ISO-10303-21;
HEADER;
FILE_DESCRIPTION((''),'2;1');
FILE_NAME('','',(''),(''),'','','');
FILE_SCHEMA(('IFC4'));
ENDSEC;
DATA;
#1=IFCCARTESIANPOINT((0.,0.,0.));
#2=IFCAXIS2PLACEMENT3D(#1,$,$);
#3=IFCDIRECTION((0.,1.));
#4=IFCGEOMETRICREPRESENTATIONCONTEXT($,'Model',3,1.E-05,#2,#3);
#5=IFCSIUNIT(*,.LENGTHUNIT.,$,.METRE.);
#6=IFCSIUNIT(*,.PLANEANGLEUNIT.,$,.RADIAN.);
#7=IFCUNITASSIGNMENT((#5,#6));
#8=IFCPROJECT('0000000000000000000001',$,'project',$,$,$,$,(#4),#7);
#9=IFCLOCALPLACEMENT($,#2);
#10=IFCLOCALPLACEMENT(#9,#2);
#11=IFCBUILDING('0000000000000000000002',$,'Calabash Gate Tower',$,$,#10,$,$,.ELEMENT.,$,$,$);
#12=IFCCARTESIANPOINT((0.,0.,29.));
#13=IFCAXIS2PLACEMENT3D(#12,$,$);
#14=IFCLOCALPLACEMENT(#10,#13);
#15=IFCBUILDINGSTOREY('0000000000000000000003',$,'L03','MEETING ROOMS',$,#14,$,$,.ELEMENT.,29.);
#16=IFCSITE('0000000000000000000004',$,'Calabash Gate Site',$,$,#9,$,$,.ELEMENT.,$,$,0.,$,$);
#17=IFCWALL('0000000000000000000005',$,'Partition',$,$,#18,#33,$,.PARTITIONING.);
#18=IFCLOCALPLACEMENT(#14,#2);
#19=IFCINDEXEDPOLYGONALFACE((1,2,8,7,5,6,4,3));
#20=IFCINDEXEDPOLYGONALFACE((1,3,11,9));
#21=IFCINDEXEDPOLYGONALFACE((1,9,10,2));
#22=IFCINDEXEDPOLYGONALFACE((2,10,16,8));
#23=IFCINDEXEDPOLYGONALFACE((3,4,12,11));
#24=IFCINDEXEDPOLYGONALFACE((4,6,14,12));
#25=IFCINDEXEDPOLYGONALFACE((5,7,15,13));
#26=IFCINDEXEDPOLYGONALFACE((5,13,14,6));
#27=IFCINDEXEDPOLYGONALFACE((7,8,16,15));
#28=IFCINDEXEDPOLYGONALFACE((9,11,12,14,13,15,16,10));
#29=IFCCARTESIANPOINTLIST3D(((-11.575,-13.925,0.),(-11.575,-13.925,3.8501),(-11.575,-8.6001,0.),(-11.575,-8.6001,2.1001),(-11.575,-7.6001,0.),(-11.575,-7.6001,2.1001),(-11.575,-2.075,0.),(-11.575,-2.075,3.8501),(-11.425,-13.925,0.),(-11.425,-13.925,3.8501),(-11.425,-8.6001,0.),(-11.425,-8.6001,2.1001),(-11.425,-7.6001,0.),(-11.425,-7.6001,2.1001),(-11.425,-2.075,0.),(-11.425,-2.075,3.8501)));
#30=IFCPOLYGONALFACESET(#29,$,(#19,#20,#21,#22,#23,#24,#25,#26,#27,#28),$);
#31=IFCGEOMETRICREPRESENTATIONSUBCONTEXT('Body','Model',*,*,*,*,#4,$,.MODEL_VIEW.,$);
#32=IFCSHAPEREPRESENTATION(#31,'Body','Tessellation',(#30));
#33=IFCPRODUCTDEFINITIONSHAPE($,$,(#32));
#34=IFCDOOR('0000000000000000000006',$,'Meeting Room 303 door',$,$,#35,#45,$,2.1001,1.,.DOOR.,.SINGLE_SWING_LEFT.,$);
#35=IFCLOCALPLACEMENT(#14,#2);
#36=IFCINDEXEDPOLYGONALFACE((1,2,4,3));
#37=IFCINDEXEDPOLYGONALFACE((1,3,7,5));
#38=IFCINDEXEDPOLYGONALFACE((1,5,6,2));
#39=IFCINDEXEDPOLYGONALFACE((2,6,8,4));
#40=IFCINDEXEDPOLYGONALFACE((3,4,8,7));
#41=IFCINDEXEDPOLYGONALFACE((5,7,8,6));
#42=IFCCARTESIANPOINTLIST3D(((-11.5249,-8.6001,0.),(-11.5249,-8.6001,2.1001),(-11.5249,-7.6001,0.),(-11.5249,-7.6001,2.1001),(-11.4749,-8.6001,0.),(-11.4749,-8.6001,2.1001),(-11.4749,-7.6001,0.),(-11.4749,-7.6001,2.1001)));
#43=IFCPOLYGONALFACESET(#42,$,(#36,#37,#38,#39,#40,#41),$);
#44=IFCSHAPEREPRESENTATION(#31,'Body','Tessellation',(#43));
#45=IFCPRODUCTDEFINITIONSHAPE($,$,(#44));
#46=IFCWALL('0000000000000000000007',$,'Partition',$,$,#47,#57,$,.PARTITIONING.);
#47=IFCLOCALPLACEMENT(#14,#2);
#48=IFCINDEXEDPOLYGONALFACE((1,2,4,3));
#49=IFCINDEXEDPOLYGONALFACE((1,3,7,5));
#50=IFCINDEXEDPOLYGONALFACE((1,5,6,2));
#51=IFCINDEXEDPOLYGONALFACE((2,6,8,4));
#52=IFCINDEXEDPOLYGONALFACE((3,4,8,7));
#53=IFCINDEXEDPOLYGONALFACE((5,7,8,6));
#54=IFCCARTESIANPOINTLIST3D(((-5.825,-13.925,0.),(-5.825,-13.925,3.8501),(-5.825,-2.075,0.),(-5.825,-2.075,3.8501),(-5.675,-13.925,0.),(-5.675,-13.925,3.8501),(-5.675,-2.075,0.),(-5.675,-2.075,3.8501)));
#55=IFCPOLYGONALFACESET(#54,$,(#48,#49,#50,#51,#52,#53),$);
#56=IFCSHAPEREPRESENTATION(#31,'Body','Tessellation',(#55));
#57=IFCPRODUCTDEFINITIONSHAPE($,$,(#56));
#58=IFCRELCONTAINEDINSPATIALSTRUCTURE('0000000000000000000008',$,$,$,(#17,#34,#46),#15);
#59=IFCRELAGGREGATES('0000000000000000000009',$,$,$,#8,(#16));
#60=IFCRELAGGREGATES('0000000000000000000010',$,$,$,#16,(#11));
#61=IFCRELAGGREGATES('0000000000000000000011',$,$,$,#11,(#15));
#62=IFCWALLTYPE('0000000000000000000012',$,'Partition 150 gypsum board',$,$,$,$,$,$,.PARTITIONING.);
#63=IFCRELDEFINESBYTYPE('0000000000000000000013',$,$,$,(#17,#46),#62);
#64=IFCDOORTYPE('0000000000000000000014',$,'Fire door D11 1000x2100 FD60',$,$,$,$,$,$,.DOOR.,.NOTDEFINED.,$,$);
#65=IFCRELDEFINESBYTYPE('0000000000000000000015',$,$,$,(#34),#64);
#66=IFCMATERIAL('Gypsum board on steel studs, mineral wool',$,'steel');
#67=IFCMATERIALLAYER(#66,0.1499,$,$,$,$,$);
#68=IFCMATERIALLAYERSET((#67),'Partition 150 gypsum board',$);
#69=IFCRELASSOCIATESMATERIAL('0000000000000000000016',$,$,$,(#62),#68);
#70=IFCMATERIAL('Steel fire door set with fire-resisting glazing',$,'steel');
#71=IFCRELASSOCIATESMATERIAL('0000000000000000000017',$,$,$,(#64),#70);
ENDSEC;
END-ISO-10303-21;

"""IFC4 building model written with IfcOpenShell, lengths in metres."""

from ifc_helpers import new_model, si_unit, direction, frame, frame_2d, origin, place, context, subcontext, project, spatial, rectangle, extrude, material, layer, layer_set, type_object, element, fill, save


model = new_model("IFC4")

# Units and contexts
model_context = context("Model", 3, precision=1e-05, world=origin(), true_north=direction((0.0, 1.0)))
body_context = subcontext(model_context, "Body", "Model", "MODEL_VIEW")
ifc_project = project(units=[si_unit("LENGTHUNIT", "METRE"), si_unit("PLANEANGLEUNIT", "RADIAN")], contexts=[model_context])

# Site, building, storey
site_placement = place(None, origin())
site = spatial("IfcSite", under=ifc_project, at=site_placement, Name="Calabash Gate Site", CompositionType="ELEMENT", RefElevation=0.0)
building_placement = place(site_placement, origin())
building = spatial("IfcBuilding", under=site, at=building_placement, Name="Calabash Gate Tower", CompositionType="ELEMENT")
storey_placement = place(building_placement, frame((0.0, 0.0, 29.0)))
storey = spatial("IfcBuildingStorey", under=building, at=storey_placement, Name="L03", Description="MEETING ROOMS", CompositionType="ELEMENT", Elevation=29.0)

# Shared definitions
ifc_material_1 = material(Name="Gypsum board on steel studs, mineral wool", Category="steel")
ifc_layer = layer(ifc_material_1, 0.1499)
ifc_layer_set = layer_set([ifc_layer], Name="Partition 150 gypsum board")
wall_type = type_object("IfcWallType", Name="Partition 150 gypsum board", PredefinedType="PARTITIONING", material=ifc_layer_set)

# Shared definitions
ifc_material_2 = material(Name="Steel fire door set with fire-resisting glazing", Category="steel")
door_type = type_object("IfcDoorType", Name="Fire door D11 1000x2100 FD60", OperationType="NOTDEFINED", PredefinedType="DOOR", material=ifc_material_2)

# Wall, opening, door
wall_1_placement = place(storey_placement, frame((-11.5, -13.925, 0.0), z_axis=(0.0, 0.0, 1.0), x_axis=(0.0, 1.0, 0.0)))
wall_1 = element("IfcWall", 1, at=wall_1_placement, inside=storey, type_object=wall_type, Name="Partition", PredefinedType="PARTITIONING", context=body_context, shape_type="SweptSolid", body=[
    extrude(rectangle(XDim=11.8501, YDim=0.1499, at=frame_2d((5.925, 0.0))), origin(), (0.0, 0.0, 1.0), 3.8501),
])
opening_1_placement = place(wall_1_placement, frame((5.325, 0.0, 0.0)))
opening_1 = element("IfcOpeningElement", 2, at=opening_1_placement, cuts=wall_1, PredefinedType="OPENING", context=body_context, shape_type="SweptSolid", body=[
    extrude(rectangle(XDim=1.0, YDim=2.1001, at=frame_2d((0.5, 1.05))), frame((0.0, 0.085, 0.0), z_axis=(0.0, -1.0, 0.0), x_axis=(1.0, 0.0, 0.0)), (0.0, 0.0, 1.0), 0.1699),
])
door_1_placement = place(opening_1_placement, origin())
door_1 = element("IfcDoor", 3, at=door_1_placement, inside=storey, type_object=door_type, Name="Meeting Room 303 door", OperationType="SINGLE_SWING_LEFT", OverallHeight=2.1001, OverallWidth=1.0, PredefinedType="DOOR", context=body_context, shape_type="SweptSolid", body=[
    extrude(rectangle(XDim=1.0, YDim=2.1001, at=frame_2d((0.5, 1.05))), frame((0.0, 0.0249, 0.0), z_axis=(0.0, -1.0, 0.0), x_axis=(1.0, 0.0, 0.0)), (0.0, 0.0, 1.0), 0.05),
])
fill(opening_1, door_1)

# Wall
wall_2_placement = place(storey_placement, frame((-5.75, -13.925, 0.0), z_axis=(0.0, 0.0, 1.0), x_axis=(0.0, 1.0, 0.0)))
element("IfcWall", 4, at=wall_2_placement, inside=storey, type_object=wall_type, Name="Partition", PredefinedType="PARTITIONING", context=body_context, shape_type="SweptSolid", body=[
    extrude(rectangle(XDim=11.8501, YDim=0.1499, at=frame_2d((5.925, 0.0))), origin(), (0.0, 0.0, 1.0), 3.8501),
])

save(model, "model.ifc")
